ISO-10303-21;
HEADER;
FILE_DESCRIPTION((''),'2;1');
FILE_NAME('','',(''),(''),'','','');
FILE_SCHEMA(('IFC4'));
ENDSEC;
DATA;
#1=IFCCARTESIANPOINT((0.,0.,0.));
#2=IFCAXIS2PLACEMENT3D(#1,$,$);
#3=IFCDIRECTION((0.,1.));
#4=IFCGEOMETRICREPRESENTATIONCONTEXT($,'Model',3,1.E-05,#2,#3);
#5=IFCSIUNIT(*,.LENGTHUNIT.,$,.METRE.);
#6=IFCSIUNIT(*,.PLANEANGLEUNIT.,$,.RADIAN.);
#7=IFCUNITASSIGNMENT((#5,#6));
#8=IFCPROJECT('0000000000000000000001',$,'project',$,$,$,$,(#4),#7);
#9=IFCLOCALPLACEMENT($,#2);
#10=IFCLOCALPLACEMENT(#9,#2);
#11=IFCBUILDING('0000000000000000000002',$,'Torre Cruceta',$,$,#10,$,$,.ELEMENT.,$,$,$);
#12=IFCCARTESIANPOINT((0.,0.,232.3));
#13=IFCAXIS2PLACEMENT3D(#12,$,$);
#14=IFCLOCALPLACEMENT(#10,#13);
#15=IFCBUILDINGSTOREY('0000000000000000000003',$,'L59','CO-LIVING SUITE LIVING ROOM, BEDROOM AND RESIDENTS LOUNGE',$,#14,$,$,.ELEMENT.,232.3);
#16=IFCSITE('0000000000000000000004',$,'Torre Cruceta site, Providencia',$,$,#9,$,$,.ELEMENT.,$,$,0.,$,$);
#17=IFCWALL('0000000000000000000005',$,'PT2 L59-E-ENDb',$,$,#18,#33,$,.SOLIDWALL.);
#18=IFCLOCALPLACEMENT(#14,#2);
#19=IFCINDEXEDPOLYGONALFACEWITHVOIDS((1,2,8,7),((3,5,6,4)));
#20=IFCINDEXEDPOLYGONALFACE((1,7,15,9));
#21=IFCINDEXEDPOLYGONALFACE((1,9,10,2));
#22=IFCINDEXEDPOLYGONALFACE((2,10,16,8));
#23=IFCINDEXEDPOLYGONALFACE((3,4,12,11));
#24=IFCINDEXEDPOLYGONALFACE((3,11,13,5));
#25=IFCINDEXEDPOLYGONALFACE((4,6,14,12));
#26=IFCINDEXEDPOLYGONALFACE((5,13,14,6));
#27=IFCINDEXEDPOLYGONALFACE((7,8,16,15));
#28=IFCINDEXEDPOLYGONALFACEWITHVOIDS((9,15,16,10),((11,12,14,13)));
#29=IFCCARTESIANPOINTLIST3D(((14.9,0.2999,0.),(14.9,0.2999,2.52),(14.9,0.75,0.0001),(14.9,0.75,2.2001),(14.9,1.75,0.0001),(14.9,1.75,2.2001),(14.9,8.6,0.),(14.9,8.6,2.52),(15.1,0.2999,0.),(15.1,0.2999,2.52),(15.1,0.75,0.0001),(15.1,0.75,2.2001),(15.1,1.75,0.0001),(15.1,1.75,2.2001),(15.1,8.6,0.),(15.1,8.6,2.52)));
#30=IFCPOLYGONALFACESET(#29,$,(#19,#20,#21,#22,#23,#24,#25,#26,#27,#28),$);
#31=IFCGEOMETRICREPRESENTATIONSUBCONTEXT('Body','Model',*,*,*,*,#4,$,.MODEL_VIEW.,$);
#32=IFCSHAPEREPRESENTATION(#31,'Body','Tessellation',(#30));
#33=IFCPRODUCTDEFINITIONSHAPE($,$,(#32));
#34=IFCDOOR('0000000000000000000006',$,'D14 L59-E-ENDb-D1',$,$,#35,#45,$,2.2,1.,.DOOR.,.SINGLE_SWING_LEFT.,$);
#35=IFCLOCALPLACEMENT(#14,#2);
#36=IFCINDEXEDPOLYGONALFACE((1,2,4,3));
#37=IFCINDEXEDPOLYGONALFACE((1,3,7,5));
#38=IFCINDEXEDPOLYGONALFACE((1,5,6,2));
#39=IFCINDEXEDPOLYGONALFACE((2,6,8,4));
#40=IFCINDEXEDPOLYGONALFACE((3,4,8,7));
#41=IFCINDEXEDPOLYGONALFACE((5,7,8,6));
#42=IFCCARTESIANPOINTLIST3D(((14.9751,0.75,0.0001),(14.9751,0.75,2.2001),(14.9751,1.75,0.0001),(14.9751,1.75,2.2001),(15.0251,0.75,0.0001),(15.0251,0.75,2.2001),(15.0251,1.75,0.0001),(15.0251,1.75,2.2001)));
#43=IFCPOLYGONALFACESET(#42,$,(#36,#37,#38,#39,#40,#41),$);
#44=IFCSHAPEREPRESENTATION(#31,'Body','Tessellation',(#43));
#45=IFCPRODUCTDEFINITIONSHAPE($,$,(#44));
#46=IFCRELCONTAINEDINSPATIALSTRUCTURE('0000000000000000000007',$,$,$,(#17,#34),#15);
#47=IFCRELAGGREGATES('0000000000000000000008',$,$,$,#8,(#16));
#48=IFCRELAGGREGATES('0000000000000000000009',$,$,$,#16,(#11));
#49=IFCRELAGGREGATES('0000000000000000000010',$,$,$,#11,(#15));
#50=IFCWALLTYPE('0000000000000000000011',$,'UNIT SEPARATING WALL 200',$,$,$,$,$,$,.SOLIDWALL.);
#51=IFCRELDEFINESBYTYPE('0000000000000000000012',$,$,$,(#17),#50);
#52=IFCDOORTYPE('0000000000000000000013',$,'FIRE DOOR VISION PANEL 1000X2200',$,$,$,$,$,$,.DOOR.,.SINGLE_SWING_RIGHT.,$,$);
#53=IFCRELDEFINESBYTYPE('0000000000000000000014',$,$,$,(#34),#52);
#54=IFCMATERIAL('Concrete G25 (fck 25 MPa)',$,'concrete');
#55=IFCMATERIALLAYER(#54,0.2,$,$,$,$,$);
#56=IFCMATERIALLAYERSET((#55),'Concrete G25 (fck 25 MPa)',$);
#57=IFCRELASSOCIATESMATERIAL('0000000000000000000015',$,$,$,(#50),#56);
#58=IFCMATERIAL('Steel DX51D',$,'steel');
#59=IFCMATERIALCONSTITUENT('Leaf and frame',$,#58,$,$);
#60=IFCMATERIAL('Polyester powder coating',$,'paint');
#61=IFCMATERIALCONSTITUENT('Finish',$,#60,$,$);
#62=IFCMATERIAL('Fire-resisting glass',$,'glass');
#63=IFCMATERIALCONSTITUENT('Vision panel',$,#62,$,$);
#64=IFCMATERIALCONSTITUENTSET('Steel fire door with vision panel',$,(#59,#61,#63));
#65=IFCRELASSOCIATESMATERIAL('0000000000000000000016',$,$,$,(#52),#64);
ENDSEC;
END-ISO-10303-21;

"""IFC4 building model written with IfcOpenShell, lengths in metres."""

from ifc_helpers import new_model, si_unit, direction, frame, frame_2d, origin, place, context, subcontext, project, spatial, rectangle, extrude, material, layer, layer_set, constituent, constituent_set, type_object, element, fill, save


model = new_model("IFC4")

# Units and contexts
model_context = context("Model", 3, precision=1e-05, world=origin(), true_north=direction((0.0, 1.0)))
body_context = subcontext(model_context, "Body", "Model", "MODEL_VIEW")
ifc_project = project(units=[si_unit("LENGTHUNIT", "METRE"), si_unit("PLANEANGLEUNIT", "RADIAN")], contexts=[model_context])

# Site, building, storey
site_placement = place(None, origin())
site = spatial("IfcSite", under=ifc_project, at=site_placement, Name="Torre Cruceta site, Providencia", CompositionType="ELEMENT", RefElevation=0.0)
building_placement = place(site_placement, origin())
building = spatial("IfcBuilding", under=site, at=building_placement, Name="Torre Cruceta", CompositionType="ELEMENT")
storey_placement = place(building_placement, frame((0.0, 0.0, 232.3)))
storey = spatial("IfcBuildingStorey", under=building, at=storey_placement, Name="L59", Description="CO-LIVING SUITE LIVING ROOM, BEDROOM AND RESIDENTS LOUNGE", CompositionType="ELEMENT", Elevation=232.3)

# Wall, opening, door
ifc_material_1 = material(Name="Concrete G25 (fck 25 MPa)", Category="concrete")
ifc_layer_1 = layer(ifc_material_1, 0.2)
ifc_layer_set_1 = layer_set([ifc_layer_1], Name="Concrete G25 (fck 25 MPa)")
wall_type_1 = type_object("IfcWallType", Name="UNIT SEPARATING WALL 200", PredefinedType="SOLIDWALL", material=ifc_layer_set_1)
wall_1_placement = place(storey_placement, frame((15.0, 0.3, 0.0), z_axis=(0.0, 0.0, 1.0), x_axis=(0.0, 1.0, 0.0)))
wall_1 = element("IfcWall", 1, at=wall_1_placement, inside=storey, type_object=wall_type_1, Name="PT2 L59-E-ENDb", PredefinedType="SOLIDWALL", context=body_context, shape_type="SweptSolid", body=[
    extrude(rectangle(XDim=8.3, YDim=0.2, at=frame_2d((4.1499, 0.0))), origin(), (0.0, 0.0, 1.0), 2.52),
])
opening_1_placement = place(wall_1_placement, frame((0.45, 0.0, 0.0)))
opening_1 = element("IfcOpeningElement", 2, at=opening_1_placement, cuts=wall_1, PredefinedType="OPENING", context=body_context, shape_type="SweptSolid", body=[
    extrude(rectangle(XDim=1.0, YDim=2.2, at=frame_2d((0.5, 1.1001))), frame((0.0, 0.1099, 0.0), z_axis=(0.0, -1.0, 0.0), x_axis=(1.0, 0.0, 0.0)), (0.0, 0.0, 1.0), 0.22),
])
ifc_material_2 = material(Name="Steel DX51D", Category="steel")
ifc_constituent_1 = constituent(ifc_material_2, Name="Leaf and frame")
ifc_material_3 = material(Name="Polyester powder coating", Category="paint")
ifc_constituent_2 = constituent(ifc_material_3, Name="Finish")
ifc_material_4 = material(Name="Fire-resisting glass", Category="glass")
ifc_constituent_3 = constituent(ifc_material_4, Name="Vision panel")
ifc_constituent_set_1 = constituent_set(constituents=[ifc_constituent_1, ifc_constituent_2, ifc_constituent_3], Name="Steel fire door with vision panel")
door_type_1 = type_object("IfcDoorType", Name="FIRE DOOR VISION PANEL 1000X2200", OperationType="SINGLE_SWING_RIGHT", PredefinedType="DOOR", material=ifc_constituent_set_1)
door_1_placement = place(opening_1_placement, frame((1.0, 0.0, 0.0), z_axis=(0.0, 0.0, 1.0), x_axis=(-1.0, 0.0, 0.0)))
door_1 = element("IfcDoor", 3, at=door_1_placement, inside=storey, type_object=door_type_1, Name="D14 L59-E-ENDb-D1", OperationType="SINGLE_SWING_LEFT", OverallHeight=2.2, OverallWidth=1.0, PredefinedType="DOOR", context=body_context, shape_type="SweptSolid", body=[
    extrude(rectangle(XDim=1.0, YDim=2.2, at=frame_2d((0.5, 1.1001))), frame((0.0, 0.0251, 0.0), z_axis=(0.0, -1.0, 0.0), x_axis=(1.0, 0.0, 0.0)), (0.0, 0.0, 1.0), 0.05),
])
fill(opening_1, door_1)

save(model, "model.ifc")
